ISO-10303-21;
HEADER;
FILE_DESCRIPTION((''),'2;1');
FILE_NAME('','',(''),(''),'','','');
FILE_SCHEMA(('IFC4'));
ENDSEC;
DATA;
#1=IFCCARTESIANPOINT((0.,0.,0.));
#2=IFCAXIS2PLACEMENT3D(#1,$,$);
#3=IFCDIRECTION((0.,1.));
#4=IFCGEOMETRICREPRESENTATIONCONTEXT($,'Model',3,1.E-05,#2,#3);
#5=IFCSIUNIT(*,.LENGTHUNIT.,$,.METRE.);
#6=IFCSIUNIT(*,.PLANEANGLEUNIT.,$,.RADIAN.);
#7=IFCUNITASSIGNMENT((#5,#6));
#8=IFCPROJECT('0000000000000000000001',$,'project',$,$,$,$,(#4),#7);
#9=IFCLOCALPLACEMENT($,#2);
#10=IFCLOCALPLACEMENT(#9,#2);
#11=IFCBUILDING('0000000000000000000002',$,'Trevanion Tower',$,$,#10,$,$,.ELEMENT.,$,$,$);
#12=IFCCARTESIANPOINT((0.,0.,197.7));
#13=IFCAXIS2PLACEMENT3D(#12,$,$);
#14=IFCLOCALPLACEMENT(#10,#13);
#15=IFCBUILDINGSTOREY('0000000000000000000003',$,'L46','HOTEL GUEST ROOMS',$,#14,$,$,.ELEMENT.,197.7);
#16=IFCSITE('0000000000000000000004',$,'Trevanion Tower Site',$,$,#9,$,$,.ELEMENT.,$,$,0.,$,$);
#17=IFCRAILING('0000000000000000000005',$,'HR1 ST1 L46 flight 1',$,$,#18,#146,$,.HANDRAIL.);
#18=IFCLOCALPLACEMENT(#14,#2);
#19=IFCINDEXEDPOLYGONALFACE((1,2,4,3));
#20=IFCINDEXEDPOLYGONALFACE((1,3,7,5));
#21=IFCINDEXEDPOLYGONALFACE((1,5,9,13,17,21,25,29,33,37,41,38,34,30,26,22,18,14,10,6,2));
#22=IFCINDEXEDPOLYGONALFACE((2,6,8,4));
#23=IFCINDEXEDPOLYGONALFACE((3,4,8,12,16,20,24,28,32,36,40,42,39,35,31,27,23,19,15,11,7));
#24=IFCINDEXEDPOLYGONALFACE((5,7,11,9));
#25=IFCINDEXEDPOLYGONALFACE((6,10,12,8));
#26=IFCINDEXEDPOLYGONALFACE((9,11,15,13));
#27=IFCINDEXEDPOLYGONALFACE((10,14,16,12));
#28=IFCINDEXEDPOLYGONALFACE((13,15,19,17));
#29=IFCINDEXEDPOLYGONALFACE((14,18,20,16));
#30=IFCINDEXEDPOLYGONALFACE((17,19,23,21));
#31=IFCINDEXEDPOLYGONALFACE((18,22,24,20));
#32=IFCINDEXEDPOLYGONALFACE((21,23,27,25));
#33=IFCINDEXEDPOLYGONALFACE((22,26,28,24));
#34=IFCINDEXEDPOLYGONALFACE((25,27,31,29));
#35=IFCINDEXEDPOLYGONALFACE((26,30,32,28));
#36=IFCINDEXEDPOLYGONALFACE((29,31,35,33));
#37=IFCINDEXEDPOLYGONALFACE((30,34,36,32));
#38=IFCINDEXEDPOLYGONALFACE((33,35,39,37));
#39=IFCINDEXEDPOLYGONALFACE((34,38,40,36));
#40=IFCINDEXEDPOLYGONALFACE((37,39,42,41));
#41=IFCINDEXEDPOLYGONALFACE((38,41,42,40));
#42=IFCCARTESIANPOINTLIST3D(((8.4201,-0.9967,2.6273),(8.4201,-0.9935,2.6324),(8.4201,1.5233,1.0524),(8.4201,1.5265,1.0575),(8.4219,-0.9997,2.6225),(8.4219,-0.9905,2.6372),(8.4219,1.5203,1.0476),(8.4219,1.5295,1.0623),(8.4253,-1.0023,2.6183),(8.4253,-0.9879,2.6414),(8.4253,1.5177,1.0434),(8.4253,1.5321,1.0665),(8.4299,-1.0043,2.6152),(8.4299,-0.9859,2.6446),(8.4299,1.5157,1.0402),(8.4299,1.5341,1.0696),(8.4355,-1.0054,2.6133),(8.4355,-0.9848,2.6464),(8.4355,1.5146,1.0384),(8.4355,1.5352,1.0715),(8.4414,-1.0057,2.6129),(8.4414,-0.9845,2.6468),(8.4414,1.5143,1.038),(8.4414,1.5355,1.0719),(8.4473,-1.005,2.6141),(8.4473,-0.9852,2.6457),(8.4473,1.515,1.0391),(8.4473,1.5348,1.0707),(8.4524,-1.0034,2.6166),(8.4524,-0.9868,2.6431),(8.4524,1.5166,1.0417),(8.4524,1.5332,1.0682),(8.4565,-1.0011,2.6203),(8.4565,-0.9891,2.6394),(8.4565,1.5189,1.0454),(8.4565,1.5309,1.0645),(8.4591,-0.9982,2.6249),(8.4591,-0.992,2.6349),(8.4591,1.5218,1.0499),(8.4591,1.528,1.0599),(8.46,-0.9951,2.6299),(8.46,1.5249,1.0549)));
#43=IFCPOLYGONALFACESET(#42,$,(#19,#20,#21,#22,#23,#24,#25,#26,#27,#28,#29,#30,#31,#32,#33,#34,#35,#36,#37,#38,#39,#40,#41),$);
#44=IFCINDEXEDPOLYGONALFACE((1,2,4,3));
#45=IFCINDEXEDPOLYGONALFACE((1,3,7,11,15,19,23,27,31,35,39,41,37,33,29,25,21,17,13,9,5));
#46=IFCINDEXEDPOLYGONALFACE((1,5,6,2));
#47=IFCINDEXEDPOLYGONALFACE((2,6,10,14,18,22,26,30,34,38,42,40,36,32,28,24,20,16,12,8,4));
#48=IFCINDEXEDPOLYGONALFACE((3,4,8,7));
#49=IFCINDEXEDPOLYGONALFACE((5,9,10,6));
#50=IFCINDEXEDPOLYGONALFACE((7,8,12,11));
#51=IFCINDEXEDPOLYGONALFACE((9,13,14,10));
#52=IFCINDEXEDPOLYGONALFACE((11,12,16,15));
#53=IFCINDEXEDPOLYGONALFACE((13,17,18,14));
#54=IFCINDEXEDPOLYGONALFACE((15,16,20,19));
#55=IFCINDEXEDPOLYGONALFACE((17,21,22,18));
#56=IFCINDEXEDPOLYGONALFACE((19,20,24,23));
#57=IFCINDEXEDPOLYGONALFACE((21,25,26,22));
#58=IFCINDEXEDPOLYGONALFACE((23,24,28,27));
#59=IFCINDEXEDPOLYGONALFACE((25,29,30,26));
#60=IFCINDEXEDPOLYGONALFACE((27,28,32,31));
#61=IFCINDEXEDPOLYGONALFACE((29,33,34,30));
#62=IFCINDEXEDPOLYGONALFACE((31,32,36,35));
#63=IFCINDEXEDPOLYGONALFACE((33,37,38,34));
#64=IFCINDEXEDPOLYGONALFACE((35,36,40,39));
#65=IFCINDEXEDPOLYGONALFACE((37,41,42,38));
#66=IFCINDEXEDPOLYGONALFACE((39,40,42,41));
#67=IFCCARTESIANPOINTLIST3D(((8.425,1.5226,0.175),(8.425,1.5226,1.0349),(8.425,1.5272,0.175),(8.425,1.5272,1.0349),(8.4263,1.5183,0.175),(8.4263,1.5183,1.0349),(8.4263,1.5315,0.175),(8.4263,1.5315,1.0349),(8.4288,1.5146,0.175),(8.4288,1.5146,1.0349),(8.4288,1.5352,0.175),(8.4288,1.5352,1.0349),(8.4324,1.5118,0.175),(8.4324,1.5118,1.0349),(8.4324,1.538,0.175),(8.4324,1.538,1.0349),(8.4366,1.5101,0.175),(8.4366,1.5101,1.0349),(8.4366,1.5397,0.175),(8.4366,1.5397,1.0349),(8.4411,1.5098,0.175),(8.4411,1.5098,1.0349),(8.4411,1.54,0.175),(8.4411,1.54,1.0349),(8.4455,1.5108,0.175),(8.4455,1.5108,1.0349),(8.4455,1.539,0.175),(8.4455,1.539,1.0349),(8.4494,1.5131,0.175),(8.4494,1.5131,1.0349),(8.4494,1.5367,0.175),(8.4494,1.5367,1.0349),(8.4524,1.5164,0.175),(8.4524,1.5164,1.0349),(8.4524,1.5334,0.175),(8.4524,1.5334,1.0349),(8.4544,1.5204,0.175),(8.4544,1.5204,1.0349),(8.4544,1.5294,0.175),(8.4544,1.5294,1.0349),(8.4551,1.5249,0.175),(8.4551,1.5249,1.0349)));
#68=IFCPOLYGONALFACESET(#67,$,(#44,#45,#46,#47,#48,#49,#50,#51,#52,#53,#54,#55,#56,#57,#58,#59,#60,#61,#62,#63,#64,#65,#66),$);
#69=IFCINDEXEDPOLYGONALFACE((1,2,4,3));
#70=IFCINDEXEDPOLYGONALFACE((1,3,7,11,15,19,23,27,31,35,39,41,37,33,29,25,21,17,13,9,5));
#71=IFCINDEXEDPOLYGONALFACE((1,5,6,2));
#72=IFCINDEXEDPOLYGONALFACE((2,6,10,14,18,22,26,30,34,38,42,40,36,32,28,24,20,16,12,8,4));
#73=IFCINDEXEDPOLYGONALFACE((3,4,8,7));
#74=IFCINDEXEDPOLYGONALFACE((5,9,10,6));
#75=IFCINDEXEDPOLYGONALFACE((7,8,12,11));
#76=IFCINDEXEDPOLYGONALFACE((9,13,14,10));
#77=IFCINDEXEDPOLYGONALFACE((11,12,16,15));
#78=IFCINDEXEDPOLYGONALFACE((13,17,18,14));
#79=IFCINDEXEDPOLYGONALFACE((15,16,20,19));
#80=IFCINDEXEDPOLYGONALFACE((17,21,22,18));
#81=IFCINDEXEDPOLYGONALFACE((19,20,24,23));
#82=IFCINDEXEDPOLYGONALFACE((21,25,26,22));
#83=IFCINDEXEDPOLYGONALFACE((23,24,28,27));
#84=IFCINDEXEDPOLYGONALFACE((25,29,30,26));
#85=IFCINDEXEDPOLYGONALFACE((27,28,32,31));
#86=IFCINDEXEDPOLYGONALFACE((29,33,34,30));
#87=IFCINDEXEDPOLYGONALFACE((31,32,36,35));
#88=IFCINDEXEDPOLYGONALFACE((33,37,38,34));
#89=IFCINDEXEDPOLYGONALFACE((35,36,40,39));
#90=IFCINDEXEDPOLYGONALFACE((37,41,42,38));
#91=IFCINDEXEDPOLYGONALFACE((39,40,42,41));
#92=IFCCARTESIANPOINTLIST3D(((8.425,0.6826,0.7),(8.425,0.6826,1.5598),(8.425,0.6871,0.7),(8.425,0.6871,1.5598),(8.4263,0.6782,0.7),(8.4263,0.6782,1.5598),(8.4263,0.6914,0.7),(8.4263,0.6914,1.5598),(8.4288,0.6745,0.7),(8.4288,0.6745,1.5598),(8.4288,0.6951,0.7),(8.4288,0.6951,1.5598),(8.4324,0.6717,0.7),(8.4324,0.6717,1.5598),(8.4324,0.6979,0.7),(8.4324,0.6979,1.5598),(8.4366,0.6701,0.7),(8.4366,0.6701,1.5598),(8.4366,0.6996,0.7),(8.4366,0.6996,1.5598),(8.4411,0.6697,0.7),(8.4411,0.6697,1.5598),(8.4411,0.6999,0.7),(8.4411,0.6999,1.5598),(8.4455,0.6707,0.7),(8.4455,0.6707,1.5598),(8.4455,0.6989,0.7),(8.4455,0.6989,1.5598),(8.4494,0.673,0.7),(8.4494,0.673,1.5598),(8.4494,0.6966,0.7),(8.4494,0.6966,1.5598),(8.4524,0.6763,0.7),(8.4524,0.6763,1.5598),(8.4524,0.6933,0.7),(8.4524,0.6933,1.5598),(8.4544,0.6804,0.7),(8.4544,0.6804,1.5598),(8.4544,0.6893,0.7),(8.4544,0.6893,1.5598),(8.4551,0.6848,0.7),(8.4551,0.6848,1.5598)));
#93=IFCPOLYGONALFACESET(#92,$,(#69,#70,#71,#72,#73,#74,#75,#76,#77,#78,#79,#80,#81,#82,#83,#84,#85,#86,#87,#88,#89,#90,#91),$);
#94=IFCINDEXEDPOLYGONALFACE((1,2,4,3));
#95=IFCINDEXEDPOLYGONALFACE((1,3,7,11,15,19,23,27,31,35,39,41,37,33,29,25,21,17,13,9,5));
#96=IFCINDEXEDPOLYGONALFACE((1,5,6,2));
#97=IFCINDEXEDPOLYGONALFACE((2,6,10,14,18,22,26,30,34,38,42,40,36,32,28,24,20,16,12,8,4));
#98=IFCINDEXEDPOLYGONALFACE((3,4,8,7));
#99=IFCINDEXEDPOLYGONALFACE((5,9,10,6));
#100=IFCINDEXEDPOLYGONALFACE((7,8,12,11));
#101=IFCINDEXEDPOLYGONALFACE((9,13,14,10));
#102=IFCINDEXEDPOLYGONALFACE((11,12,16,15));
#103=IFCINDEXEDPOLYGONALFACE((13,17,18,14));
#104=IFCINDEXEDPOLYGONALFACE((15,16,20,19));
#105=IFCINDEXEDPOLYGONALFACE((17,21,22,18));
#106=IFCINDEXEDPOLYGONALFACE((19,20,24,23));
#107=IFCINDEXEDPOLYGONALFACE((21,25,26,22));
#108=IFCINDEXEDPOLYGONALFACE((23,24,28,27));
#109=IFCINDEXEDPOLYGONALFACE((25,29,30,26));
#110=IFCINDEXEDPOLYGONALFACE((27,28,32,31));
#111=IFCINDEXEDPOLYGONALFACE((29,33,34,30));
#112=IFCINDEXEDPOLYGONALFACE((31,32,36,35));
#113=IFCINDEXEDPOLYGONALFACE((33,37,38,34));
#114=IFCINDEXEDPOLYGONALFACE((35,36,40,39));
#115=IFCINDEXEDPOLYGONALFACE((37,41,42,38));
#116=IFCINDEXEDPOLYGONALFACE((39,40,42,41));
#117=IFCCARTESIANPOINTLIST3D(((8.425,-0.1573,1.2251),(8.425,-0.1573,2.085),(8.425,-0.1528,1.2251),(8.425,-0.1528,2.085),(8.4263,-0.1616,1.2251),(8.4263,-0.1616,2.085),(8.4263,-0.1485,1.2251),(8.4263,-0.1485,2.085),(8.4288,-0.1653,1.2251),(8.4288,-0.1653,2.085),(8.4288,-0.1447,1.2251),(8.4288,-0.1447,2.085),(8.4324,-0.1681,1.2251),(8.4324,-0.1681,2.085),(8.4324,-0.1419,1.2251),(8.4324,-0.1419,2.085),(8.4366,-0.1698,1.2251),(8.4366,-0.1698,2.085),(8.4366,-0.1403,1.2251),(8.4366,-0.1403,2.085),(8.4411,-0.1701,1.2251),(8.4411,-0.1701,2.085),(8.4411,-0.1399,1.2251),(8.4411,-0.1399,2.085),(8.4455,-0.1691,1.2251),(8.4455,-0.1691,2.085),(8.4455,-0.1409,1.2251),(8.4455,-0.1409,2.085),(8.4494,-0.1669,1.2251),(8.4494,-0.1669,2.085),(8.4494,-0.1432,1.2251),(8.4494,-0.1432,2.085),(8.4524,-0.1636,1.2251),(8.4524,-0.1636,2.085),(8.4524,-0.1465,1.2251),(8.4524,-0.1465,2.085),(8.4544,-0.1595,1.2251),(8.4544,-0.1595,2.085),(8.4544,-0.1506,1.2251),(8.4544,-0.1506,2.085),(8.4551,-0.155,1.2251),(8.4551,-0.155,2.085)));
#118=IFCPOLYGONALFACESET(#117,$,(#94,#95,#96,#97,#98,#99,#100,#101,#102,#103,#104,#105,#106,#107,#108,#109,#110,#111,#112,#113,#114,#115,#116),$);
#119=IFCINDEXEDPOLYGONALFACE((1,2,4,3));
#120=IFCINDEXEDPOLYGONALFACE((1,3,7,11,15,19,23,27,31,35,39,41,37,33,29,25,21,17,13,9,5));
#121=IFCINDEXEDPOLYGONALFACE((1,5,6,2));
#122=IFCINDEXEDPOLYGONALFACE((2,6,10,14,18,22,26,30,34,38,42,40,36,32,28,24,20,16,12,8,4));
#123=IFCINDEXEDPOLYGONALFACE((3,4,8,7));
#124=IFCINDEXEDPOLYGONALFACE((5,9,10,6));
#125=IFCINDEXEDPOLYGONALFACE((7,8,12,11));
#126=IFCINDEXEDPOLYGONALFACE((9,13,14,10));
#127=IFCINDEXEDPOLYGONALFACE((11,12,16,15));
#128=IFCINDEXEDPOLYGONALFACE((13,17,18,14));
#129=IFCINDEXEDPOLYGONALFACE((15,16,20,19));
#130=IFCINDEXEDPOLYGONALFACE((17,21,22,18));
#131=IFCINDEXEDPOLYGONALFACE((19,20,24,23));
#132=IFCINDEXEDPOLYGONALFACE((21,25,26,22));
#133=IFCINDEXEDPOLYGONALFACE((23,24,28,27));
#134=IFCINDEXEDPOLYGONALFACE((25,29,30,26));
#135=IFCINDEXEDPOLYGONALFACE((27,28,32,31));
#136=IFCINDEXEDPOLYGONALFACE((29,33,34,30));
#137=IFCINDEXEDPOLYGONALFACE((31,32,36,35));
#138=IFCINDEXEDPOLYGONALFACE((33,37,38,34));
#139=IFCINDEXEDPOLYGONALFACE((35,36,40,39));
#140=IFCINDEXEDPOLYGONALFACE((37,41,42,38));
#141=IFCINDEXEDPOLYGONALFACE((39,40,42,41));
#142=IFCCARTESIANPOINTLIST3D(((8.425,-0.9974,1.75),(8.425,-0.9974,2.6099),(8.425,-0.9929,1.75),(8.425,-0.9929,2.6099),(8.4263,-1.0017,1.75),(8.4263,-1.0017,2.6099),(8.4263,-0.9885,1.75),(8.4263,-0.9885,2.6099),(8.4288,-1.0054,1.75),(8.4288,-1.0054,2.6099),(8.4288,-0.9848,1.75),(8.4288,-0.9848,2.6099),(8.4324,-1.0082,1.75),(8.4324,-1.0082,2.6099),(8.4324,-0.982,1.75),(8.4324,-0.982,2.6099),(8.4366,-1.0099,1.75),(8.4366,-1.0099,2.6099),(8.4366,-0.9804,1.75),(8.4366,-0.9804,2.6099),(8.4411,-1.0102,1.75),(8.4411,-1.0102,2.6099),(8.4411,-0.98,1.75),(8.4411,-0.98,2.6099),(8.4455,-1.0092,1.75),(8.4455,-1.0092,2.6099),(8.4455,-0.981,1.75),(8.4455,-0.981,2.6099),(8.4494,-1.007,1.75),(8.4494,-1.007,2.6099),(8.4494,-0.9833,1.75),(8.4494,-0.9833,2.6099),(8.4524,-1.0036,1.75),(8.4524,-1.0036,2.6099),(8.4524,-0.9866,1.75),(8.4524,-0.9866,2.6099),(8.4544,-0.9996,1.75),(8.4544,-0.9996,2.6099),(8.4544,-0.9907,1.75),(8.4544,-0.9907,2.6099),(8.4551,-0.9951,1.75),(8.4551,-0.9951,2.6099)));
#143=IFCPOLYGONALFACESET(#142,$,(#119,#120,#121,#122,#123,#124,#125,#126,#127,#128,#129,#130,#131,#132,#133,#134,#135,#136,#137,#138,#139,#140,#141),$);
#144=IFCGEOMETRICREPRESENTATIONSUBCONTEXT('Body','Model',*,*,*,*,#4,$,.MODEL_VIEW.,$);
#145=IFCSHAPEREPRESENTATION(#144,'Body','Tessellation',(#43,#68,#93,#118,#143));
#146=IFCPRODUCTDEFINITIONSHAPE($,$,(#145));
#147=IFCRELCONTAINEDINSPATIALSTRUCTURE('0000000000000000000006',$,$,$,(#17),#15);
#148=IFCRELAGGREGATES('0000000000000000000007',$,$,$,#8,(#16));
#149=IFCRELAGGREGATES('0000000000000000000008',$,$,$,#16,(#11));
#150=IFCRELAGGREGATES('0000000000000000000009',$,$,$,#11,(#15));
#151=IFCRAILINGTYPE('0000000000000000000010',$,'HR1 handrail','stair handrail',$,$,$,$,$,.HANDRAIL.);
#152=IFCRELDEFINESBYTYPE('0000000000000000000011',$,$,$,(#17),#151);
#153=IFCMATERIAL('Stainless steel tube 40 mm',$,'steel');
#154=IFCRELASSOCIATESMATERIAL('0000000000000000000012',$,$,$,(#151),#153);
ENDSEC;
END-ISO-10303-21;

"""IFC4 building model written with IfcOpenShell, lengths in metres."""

from ifc_helpers import new_model, si_unit, direction, frame, origin, origin_2d, place, context, subcontext, project, spatial, circle, extrude, material, type_object, element, save


model = new_model("IFC4")

# Units and contexts
model_context = context("Model", 3, precision=1e-05, world=origin(), true_north=direction((0.0, 1.0)))
body_context = subcontext(model_context, "Body", "Model", "MODEL_VIEW")
ifc_project = project(units=[si_unit("LENGTHUNIT", "METRE"), si_unit("PLANEANGLEUNIT", "RADIAN")], contexts=[model_context])

# Site, building, storey
site_placement = place(None, origin())
site = spatial("IfcSite", under=ifc_project, at=site_placement, Name="Trevanion Tower Site", CompositionType="ELEMENT", RefElevation=0.0)
building_placement = place(site_placement, origin())
building = spatial("IfcBuilding", under=site, at=building_placement, Name="Trevanion Tower", CompositionType="ELEMENT")
storey_placement = place(building_placement, frame((0.0, 0.0, 197.7)))
storey = spatial("IfcBuildingStorey", under=building, at=storey_placement, Name="L46", Description="HOTEL GUEST ROOMS", CompositionType="ELEMENT", Elevation=197.7)

# Railing
ifc_material_1 = material(Name="Stainless steel tube 40 mm", Category="steel")
railing_type = type_object("IfcRailingType", Name="HR1 handrail", Description="stair handrail", PredefinedType="HANDRAIL", material=ifc_material_1)
for number, where, name in (
    (1, (8.4399, 1.5249, 0.175), "HR1 ST1 L46 flight 1"),
):
    element("IfcRailing", number, at=place(storey_placement, frame(where)), inside=storey, type_object=railing_type, Name=name, PredefinedType="HANDRAIL", context=body_context, shape_type="SweptSolid", body=[
        extrude(circle(Radius=0.02, at=origin_2d()), frame((0.0, 0.0, 0.8799), z_axis=(0.0, -0.848008, 0.529984), x_axis=(1.0, 0.0, 0.0)), (0.0, 0.0, 1.0), 2.9717),
        extrude(circle(Radius=0.0151, at=origin_2d()), origin(), (0.0, 0.0, 1.0), 0.8599),
        extrude(circle(Radius=0.0151, at=origin_2d()), frame((0.0, -0.8401, 0.5249)), (0.0, 0.0, 1.0), 0.8599),
        extrude(circle(Radius=0.0151, at=origin_2d()), frame((0.0, -1.6799, 1.05)), (0.0, 0.0, 1.0), 0.8599),
        extrude(circle(Radius=0.0151, at=origin_2d()), frame((0.0, -2.52, 1.575)), (0.0, 0.0, 1.0), 0.8599),
    ])

save(model, "model.ifc")
